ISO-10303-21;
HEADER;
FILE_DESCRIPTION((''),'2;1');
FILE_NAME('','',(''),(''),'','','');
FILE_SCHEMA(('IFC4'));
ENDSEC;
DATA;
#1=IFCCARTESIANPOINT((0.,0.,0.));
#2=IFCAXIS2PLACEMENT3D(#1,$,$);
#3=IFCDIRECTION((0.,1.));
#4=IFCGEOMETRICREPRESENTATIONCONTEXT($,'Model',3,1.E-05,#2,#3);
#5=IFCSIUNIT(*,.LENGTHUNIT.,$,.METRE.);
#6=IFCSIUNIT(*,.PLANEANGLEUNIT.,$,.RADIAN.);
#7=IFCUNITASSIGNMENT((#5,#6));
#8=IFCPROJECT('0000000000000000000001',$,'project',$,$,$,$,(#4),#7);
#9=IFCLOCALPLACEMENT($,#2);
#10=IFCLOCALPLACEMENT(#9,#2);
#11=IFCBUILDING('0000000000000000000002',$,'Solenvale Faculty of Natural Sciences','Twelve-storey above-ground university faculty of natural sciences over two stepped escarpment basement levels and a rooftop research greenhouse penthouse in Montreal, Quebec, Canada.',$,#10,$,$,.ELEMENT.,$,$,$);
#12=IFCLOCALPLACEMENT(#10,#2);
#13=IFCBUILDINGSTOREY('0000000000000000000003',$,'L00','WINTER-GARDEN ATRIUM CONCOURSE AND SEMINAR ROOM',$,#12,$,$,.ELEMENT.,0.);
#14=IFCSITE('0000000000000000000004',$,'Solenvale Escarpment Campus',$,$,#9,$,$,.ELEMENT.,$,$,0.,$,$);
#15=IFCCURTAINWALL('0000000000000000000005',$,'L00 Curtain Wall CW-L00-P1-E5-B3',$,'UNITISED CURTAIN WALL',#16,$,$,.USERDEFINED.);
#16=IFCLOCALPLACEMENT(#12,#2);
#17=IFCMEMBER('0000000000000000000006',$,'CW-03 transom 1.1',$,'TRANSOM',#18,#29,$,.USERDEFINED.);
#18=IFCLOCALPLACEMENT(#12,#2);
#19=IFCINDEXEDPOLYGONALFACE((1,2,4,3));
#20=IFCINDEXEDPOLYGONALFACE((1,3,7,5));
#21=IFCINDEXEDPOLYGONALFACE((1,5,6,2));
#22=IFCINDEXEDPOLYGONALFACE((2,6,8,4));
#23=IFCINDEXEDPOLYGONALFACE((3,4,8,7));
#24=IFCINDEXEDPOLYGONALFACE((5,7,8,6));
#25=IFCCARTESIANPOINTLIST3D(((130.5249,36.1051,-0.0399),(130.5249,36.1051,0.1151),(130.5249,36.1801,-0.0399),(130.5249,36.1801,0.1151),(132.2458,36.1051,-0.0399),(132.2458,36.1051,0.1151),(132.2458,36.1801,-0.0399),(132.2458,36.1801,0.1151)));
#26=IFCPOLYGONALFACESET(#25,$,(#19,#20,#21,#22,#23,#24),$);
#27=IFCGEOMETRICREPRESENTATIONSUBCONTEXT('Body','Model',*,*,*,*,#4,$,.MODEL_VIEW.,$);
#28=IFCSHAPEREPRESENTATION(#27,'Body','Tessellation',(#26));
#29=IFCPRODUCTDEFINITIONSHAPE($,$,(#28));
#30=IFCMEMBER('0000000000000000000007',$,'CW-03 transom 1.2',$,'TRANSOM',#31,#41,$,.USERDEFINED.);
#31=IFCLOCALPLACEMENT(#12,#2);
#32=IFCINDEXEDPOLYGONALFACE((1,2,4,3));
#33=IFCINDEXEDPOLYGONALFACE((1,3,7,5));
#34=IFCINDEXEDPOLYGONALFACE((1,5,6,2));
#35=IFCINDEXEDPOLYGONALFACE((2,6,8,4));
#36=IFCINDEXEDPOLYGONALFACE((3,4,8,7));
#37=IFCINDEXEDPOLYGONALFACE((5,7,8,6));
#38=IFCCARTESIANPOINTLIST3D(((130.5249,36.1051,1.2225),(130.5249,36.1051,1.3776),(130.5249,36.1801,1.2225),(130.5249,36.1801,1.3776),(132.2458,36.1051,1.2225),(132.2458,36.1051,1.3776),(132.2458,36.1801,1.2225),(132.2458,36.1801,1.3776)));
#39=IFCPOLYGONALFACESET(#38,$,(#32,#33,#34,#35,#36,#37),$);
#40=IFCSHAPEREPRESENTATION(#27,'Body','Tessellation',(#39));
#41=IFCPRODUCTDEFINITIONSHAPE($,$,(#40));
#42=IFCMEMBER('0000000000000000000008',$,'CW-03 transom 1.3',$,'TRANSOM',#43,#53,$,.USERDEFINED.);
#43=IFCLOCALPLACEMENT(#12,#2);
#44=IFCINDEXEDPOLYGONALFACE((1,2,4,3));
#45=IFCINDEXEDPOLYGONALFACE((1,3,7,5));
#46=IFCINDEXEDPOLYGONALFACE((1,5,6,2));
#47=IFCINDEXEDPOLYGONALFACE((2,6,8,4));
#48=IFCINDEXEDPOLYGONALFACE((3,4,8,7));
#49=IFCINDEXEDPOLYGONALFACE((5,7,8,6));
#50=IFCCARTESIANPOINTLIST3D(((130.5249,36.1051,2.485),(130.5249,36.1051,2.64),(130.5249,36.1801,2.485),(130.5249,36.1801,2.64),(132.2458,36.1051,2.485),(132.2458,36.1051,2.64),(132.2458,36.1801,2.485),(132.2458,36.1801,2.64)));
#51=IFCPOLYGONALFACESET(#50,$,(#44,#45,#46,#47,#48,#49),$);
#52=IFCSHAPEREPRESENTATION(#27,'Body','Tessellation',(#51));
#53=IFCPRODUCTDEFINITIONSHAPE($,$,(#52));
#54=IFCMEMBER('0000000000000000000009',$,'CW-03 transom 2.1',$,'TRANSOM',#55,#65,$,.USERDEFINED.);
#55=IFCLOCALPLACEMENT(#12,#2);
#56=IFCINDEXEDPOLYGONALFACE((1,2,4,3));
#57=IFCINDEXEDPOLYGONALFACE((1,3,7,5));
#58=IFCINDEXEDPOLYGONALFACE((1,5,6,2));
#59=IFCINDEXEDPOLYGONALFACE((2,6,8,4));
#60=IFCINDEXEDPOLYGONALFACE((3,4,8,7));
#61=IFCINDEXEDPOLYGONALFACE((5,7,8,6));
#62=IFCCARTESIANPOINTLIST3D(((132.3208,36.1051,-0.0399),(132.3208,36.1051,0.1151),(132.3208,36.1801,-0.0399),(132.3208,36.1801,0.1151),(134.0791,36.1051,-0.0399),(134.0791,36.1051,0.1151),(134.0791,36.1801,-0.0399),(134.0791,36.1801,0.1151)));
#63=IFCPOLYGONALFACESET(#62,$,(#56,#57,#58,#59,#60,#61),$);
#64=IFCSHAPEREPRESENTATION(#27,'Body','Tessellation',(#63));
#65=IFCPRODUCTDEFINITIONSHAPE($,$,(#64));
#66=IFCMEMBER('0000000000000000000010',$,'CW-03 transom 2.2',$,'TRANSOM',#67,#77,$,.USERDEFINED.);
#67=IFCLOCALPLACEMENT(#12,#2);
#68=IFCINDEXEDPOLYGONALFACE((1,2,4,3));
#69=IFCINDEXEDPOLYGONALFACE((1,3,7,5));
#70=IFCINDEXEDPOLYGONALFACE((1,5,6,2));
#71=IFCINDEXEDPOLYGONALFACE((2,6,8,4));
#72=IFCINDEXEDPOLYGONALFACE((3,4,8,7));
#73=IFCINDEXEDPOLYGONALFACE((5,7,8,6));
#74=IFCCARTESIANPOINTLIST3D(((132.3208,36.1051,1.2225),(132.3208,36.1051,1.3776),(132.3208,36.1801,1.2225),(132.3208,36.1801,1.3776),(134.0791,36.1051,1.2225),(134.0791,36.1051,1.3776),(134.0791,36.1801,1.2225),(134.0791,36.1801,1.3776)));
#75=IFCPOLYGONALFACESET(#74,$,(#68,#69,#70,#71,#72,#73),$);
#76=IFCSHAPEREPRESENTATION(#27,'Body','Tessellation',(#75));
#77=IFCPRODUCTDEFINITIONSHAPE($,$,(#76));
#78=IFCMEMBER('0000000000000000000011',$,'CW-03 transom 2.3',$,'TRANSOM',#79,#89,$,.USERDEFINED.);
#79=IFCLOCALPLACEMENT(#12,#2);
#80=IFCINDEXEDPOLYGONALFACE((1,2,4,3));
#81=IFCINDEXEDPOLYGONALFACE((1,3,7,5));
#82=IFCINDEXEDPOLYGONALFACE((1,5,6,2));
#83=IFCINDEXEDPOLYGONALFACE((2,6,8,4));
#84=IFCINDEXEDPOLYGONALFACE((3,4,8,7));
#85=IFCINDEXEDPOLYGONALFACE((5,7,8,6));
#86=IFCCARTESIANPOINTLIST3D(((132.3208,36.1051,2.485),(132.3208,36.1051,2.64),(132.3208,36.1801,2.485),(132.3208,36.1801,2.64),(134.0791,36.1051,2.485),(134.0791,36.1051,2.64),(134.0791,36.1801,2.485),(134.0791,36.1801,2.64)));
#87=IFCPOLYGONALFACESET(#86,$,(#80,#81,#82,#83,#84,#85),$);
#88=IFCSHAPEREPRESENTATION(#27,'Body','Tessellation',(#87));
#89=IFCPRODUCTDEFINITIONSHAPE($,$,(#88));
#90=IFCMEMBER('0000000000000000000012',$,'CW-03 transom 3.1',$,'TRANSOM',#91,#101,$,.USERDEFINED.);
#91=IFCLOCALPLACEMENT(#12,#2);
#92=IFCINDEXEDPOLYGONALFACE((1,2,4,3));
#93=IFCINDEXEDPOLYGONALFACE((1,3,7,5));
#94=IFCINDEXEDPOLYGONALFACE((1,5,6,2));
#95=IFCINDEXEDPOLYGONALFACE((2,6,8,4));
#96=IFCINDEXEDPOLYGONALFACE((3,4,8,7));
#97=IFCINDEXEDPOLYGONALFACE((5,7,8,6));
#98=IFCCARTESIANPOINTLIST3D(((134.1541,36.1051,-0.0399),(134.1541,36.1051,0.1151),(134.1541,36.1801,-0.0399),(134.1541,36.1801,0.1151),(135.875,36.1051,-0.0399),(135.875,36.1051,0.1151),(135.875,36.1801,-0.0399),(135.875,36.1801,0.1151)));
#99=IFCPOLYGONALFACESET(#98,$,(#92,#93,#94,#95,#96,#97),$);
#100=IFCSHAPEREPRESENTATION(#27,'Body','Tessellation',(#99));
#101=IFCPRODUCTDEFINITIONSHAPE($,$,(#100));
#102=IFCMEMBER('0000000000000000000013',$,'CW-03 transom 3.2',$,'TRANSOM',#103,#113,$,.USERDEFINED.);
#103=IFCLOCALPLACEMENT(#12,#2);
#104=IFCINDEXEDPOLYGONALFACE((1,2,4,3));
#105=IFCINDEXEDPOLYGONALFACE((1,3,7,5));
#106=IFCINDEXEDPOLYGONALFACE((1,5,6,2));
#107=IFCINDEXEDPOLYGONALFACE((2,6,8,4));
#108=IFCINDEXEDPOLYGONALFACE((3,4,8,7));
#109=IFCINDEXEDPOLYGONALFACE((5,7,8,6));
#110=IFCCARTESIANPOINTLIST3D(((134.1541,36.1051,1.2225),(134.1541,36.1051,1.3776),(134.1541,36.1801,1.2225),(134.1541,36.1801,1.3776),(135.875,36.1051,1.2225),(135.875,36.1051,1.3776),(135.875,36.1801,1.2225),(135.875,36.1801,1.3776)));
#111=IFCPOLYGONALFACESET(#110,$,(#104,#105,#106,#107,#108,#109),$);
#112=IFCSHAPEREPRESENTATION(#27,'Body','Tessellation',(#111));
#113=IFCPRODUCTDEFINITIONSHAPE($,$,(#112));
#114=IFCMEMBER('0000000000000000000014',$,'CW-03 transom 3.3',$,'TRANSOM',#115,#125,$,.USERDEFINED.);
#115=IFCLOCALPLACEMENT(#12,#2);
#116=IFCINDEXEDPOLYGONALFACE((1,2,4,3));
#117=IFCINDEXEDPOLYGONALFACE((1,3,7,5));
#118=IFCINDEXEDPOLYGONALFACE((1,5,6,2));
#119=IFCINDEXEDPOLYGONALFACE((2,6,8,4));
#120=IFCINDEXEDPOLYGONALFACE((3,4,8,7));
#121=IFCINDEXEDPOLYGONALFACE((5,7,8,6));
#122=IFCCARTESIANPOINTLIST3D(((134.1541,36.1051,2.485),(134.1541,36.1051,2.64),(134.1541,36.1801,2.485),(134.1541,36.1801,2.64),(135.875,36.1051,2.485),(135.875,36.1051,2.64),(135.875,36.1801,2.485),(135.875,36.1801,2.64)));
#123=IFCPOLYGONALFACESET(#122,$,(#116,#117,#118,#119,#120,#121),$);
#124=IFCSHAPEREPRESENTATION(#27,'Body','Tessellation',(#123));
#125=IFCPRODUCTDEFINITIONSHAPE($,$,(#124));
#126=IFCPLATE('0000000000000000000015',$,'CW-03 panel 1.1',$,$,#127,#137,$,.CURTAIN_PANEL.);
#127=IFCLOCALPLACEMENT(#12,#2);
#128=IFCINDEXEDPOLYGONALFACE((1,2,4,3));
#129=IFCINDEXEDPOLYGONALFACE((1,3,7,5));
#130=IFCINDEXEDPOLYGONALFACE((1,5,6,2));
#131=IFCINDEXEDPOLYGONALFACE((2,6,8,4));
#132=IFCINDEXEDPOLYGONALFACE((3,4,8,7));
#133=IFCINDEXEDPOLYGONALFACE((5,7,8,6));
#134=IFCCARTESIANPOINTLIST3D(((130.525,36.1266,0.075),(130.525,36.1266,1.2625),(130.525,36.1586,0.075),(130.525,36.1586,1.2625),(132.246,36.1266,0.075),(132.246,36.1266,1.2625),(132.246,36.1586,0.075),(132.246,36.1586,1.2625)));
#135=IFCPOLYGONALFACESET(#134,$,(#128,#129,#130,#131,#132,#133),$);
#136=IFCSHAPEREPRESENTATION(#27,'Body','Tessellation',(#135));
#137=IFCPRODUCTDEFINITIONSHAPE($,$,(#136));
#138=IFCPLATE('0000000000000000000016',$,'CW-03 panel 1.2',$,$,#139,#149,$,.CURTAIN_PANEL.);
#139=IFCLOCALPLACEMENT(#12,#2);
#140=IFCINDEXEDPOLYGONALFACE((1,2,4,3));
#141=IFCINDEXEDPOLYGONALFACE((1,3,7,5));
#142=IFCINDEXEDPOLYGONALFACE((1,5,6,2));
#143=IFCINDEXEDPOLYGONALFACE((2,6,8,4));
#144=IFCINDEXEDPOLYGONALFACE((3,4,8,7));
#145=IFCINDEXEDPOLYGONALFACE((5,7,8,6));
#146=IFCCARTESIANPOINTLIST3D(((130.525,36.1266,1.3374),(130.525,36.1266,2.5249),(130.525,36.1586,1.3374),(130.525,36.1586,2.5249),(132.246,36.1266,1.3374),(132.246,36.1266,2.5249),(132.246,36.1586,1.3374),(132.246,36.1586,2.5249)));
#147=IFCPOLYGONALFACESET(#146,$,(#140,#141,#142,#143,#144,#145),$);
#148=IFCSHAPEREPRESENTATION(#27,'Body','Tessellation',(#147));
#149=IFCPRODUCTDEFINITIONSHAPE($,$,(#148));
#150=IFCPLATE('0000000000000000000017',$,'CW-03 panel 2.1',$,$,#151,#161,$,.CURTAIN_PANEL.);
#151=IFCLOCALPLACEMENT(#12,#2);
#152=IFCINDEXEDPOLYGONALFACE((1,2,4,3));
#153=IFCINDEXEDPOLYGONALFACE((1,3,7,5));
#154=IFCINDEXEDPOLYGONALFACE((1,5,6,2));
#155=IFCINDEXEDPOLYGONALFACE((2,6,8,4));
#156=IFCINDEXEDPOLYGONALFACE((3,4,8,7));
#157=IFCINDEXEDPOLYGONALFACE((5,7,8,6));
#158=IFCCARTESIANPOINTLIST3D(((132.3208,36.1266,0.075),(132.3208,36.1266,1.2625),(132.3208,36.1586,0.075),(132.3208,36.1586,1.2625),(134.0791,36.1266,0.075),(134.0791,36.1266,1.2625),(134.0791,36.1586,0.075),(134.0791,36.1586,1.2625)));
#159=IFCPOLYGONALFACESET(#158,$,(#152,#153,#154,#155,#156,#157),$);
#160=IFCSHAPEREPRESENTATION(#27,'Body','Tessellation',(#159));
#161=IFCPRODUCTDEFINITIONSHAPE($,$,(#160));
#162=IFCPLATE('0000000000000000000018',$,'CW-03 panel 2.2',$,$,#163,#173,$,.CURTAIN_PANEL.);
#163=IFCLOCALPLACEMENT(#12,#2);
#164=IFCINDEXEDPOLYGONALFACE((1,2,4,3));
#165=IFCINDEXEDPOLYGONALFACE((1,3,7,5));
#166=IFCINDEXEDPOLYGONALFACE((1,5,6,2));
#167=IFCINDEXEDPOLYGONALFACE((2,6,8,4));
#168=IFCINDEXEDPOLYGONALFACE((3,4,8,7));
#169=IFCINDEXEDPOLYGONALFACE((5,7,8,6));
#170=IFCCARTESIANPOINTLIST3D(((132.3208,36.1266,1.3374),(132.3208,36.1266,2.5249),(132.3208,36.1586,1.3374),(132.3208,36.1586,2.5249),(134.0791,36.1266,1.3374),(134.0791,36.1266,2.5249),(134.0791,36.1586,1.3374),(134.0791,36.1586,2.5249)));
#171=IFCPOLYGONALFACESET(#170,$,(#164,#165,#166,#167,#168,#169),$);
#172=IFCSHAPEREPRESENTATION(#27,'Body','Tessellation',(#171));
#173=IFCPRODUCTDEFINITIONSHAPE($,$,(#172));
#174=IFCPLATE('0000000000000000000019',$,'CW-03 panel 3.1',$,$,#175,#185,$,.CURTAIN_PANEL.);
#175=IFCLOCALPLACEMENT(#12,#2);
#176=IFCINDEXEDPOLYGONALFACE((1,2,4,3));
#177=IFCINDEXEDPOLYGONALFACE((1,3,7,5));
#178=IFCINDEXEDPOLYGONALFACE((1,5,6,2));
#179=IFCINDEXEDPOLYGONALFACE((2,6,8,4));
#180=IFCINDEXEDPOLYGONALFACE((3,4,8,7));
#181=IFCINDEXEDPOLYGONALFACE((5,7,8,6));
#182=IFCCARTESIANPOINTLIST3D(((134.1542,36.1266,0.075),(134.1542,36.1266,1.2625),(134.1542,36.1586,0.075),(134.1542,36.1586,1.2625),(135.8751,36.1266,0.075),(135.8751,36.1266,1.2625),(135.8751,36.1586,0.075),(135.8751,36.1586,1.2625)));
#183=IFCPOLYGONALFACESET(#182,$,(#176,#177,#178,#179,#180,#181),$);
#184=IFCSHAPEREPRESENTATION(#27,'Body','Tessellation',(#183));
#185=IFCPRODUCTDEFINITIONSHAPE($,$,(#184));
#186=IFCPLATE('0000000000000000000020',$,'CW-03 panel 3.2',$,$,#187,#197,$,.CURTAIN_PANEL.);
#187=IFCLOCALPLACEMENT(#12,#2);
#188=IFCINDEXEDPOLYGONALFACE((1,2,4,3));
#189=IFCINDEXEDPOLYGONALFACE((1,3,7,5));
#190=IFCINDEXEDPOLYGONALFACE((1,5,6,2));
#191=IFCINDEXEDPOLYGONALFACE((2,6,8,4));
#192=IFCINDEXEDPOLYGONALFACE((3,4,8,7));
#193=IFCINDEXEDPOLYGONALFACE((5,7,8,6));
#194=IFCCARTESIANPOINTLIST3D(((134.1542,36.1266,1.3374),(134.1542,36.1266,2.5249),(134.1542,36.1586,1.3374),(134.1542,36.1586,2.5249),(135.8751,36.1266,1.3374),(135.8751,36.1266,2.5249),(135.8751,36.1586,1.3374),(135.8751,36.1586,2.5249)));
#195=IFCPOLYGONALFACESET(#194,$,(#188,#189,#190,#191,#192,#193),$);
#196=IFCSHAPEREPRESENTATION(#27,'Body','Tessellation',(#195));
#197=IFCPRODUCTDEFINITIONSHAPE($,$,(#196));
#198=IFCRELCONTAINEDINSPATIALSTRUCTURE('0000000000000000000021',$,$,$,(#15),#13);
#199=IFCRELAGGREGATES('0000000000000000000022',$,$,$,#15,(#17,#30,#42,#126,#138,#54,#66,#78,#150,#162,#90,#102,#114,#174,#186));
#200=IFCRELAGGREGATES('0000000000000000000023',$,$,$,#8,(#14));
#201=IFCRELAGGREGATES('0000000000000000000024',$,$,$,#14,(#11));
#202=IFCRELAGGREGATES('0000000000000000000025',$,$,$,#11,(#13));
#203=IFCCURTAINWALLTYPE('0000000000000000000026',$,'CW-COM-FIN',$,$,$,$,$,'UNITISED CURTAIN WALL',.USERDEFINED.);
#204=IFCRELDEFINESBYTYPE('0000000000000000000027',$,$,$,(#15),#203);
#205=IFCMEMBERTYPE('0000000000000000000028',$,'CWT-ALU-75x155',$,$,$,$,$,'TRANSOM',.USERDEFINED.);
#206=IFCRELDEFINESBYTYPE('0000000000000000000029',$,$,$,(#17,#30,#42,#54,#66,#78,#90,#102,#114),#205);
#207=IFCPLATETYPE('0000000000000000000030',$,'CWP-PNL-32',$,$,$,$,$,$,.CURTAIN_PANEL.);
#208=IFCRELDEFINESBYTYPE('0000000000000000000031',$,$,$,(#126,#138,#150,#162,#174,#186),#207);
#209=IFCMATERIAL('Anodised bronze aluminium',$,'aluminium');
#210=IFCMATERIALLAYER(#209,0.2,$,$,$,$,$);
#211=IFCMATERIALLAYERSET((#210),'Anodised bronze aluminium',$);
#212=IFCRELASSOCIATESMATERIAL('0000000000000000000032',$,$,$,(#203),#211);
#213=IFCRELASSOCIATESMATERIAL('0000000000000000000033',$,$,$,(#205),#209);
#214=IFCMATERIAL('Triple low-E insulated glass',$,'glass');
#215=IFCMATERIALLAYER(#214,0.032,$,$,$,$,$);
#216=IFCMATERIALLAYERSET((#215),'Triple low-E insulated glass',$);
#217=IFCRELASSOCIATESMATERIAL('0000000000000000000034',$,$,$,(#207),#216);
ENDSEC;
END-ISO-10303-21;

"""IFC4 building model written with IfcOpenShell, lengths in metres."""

from ifc_helpers import new_model, si_unit, direction, frame, origin, origin_2d, place, context, subcontext, project, spatial, rectangle, extrude, material, layer, layer_set, material_profile, profile_set, type_object, element, aggregate, save


model = new_model("IFC4")

# Units and contexts
model_context = context("Model", 3, precision=1e-05, world=origin(), true_north=direction((0.0, 1.0)))
body_context = subcontext(model_context, "Body", "Model", "MODEL_VIEW")
ifc_project = project(units=[si_unit("LENGTHUNIT", "METRE"), si_unit("PLANEANGLEUNIT", "RADIAN")], contexts=[model_context])

# Site, building, storey
site_placement = place(None, origin())
site = spatial("IfcSite", under=ifc_project, at=site_placement, Name="Solenvale Escarpment Campus", CompositionType="ELEMENT", RefElevation=0.0)
building_placement = place(site_placement, origin())
building = spatial("IfcBuilding", under=site, at=building_placement, Name="Solenvale Faculty of Natural Sciences", Description="Twelve-storey above-ground university faculty of natural sciences over two stepped escarpment basement levels and a rooftop research greenhouse penthouse in Montreal, Quebec, Canada.", CompositionType="ELEMENT")
storey_placement = place(building_placement, origin())
storey = spatial("IfcBuildingStorey", under=building, at=storey_placement, Name="L00", Description="WINTER-GARDEN ATRIUM CONCOURSE AND SEMINAR ROOM", CompositionType="ELEMENT", Elevation=0.0)

# Curtain wall, members, plates
ifc_material_1 = material(Name="Anodised bronze aluminium", Category="aluminium")
ifc_layer_1 = layer(ifc_material_1, 0.2)
ifc_layer_set_1 = layer_set([ifc_layer_1], Name="Anodised bronze aluminium")
curtain_wall_type = type_object("IfcCurtainWallType", Name="CW-COM-FIN", ElementType="UNITISED CURTAIN WALL", PredefinedType="USERDEFINED", material=ifc_layer_set_1)
curtain_wall_placement = place(storey_placement, origin())
curtain_wall = element("IfcCurtainWall", 1, at=curtain_wall_placement, inside=storey, type_object=curtain_wall_type, Name="L00 Curtain Wall CW-L00-P1-E5-B3", ObjectType="UNITISED CURTAIN WALL", PredefinedType="USERDEFINED")
ifc_material_profile_1 = material_profile(ifc_material_1, rectangle(XDim=0.075, YDim=0.155, at=origin_2d()), Name="ALU-TRN-75x155")
ifc_profile_set_1 = profile_set([ifc_material_profile_1], Name="Anodised bronze aluminium")
member_type_1 = type_object("IfcMemberType", Name="CWT-ALU-75x155", ElementType="TRANSOM", PredefinedType="USERDEFINED", material=ifc_profile_set_1)
member_1_placement = place(storey_placement, frame((130.5249, 36.1426, 0.0376), z_axis=(1.0, 0.0, 0.0), x_axis=(0.0, 1.0, 0.0)))
member_1 = element("IfcMember", 2, at=member_1_placement, type_object=member_type_1, Name="CW-03 transom 1.1", ObjectType="TRANSOM", PredefinedType="USERDEFINED", context=body_context, shape_type="SweptSolid", body=[
    extrude(rectangle(XDim=0.075, YDim=0.155, at=origin_2d()), origin(), (0.0, 0.0, 1.0), 1.7209),
])
member_2_placement = place(storey_placement, frame((130.5249, 36.1426, 1.3), z_axis=(1.0, 0.0, 0.0), x_axis=(0.0, 1.0, 0.0)))
member_2 = element("IfcMember", 3, at=member_2_placement, type_object=member_type_1, Name="CW-03 transom 1.2", ObjectType="TRANSOM", PredefinedType="USERDEFINED", context=body_context, shape_type="SweptSolid", body=[
    extrude(rectangle(XDim=0.075, YDim=0.155, at=origin_2d()), origin(), (0.0, 0.0, 1.0), 1.7209),
])
member_3_placement = place(storey_placement, frame((130.5249, 36.1426, 2.5625), z_axis=(1.0, 0.0, 0.0), x_axis=(0.0, 1.0, 0.0)))
member_3 = element("IfcMember", 4, at=member_3_placement, type_object=member_type_1, Name="CW-03 transom 1.3", ObjectType="TRANSOM", PredefinedType="USERDEFINED", context=body_context, shape_type="SweptSolid", body=[
    extrude(rectangle(XDim=0.075, YDim=0.155, at=origin_2d()), origin(), (0.0, 0.0, 1.0), 1.7209),
])
member_4_placement = place(storey_placement, frame((132.3208, 36.1426, 0.0376), z_axis=(1.0, 0.0, 0.0), x_axis=(0.0, 1.0, 0.0)))
member_4 = element("IfcMember", 5, at=member_4_placement, type_object=member_type_1, Name="CW-03 transom 2.1", ObjectType="TRANSOM", PredefinedType="USERDEFINED", context=body_context, shape_type="SweptSolid", body=[
    extrude(rectangle(XDim=0.075, YDim=0.155, at=origin_2d()), origin(), (0.0, 0.0, 1.0), 1.7583),
])
member_5_placement = place(storey_placement, frame((132.3208, 36.1426, 1.3), z_axis=(1.0, 0.0, 0.0), x_axis=(0.0, 1.0, 0.0)))
member_5 = element("IfcMember", 6, at=member_5_placement, type_object=member_type_1, Name="CW-03 transom 2.2", ObjectType="TRANSOM", PredefinedType="USERDEFINED", context=body_context, shape_type="SweptSolid", body=[
    extrude(rectangle(XDim=0.075, YDim=0.155, at=origin_2d()), origin(), (0.0, 0.0, 1.0), 1.7583),
])
member_6_placement = place(storey_placement, frame((132.3208, 36.1426, 2.5625), z_axis=(1.0, 0.0, 0.0), x_axis=(0.0, 1.0, 0.0)))
member_6 = element("IfcMember", 7, at=member_6_placement, type_object=member_type_1, Name="CW-03 transom 2.3", ObjectType="TRANSOM", PredefinedType="USERDEFINED", context=body_context, shape_type="SweptSolid", body=[
    extrude(rectangle(XDim=0.075, YDim=0.155, at=origin_2d()), origin(), (0.0, 0.0, 1.0), 1.7583),
])
member_7_placement = place(storey_placement, frame((134.1541, 36.1426, 0.0376), z_axis=(1.0, 0.0, 0.0), x_axis=(0.0, 1.0, 0.0)))
member_7 = element("IfcMember", 8, at=member_7_placement, type_object=member_type_1, Name="CW-03 transom 3.1", ObjectType="TRANSOM", PredefinedType="USERDEFINED", context=body_context, shape_type="SweptSolid", body=[
    extrude(rectangle(XDim=0.075, YDim=0.155, at=origin_2d()), origin(), (0.0, 0.0, 1.0), 1.7209),
])
member_8_placement = place(storey_placement, frame((134.1541, 36.1426, 1.3), z_axis=(1.0, 0.0, 0.0), x_axis=(0.0, 1.0, 0.0)))
member_8 = element("IfcMember", 9, at=member_8_placement, type_object=member_type_1, Name="CW-03 transom 3.2", ObjectType="TRANSOM", PredefinedType="USERDEFINED", context=body_context, shape_type="SweptSolid", body=[
    extrude(rectangle(XDim=0.075, YDim=0.155, at=origin_2d()), origin(), (0.0, 0.0, 1.0), 1.7209),
])
member_9_placement = place(storey_placement, frame((134.1541, 36.1426, 2.5625), z_axis=(1.0, 0.0, 0.0), x_axis=(0.0, 1.0, 0.0)))
member_9 = element("IfcMember", 10, at=member_9_placement, type_object=member_type_1, Name="CW-03 transom 3.3", ObjectType="TRANSOM", PredefinedType="USERDEFINED", context=body_context, shape_type="SweptSolid", body=[
    extrude(rectangle(XDim=0.075, YDim=0.155, at=origin_2d()), origin(), (0.0, 0.0, 1.0), 1.7209),
])
ifc_material_2 = material(Name="Triple low-E insulated glass", Category="glass")
ifc_layer_2 = layer(ifc_material_2, 0.032)
ifc_layer_set_2 = layer_set([ifc_layer_2], Name="Triple low-E insulated glass")
plate_type = type_object("IfcPlateType", Name="CWP-PNL-32", PredefinedType="CURTAIN_PANEL", material=ifc_layer_set_2)
plate_1_placement = place(storey_placement, frame((131.3855, 36.1426, 0.075), z_axis=(0.0, 0.0, 1.0), x_axis=(1.0, 0.0, 0.0)))
plate_1 = element("IfcPlate", 11, at=plate_1_placement, type_object=plate_type, Name="CW-03 panel 1.1", PredefinedType="CURTAIN_PANEL", context=body_context, shape_type="SweptSolid", body=[
    extrude(rectangle(XDim=1.7209, YDim=0.032, at=origin_2d()), origin(), (0.0, 0.0, 1.0), 1.1875),
])
plate_2_placement = place(storey_placement, frame((131.3855, 36.1426, 1.3374), z_axis=(0.0, 0.0, 1.0), x_axis=(1.0, 0.0, 0.0)))
plate_2 = element("IfcPlate", 12, at=plate_2_placement, type_object=plate_type, Name="CW-03 panel 1.2", PredefinedType="CURTAIN_PANEL", context=body_context, shape_type="SweptSolid", body=[
    extrude(rectangle(XDim=1.7209, YDim=0.032, at=origin_2d()), origin(), (0.0, 0.0, 1.0), 1.1875),
])
plate_3_placement = place(storey_placement, frame((133.2, 36.1426, 0.075), z_axis=(0.0, 0.0, 1.0), x_axis=(1.0, 0.0, 0.0)))
plate_3 = element("IfcPlate", 13, at=plate_3_placement, type_object=plate_type, Name="CW-03 panel 2.1", PredefinedType="CURTAIN_PANEL", context=body_context, shape_type="SweptSolid", body=[
    extrude(rectangle(XDim=1.7583, YDim=0.032, at=origin_2d()), origin(), (0.0, 0.0, 1.0), 1.1875),
])
plate_4_placement = place(storey_placement, frame((133.2, 36.1426, 1.3374), z_axis=(0.0, 0.0, 1.0), x_axis=(1.0, 0.0, 0.0)))
plate_4 = element("IfcPlate", 14, at=plate_4_placement, type_object=plate_type, Name="CW-03 panel 2.2", PredefinedType="CURTAIN_PANEL", context=body_context, shape_type="SweptSolid", body=[
    extrude(rectangle(XDim=1.7583, YDim=0.032, at=origin_2d()), origin(), (0.0, 0.0, 1.0), 1.1875),
])
plate_5_placement = place(storey_placement, frame((135.0146, 36.1426, 0.075), z_axis=(0.0, 0.0, 1.0), x_axis=(1.0, 0.0, 0.0)))
plate_5 = element("IfcPlate", 15, at=plate_5_placement, type_object=plate_type, Name="CW-03 panel 3.1", PredefinedType="CURTAIN_PANEL", context=body_context, shape_type="SweptSolid", body=[
    extrude(rectangle(XDim=1.7209, YDim=0.032, at=origin_2d()), origin(), (0.0, 0.0, 1.0), 1.1875),
])
plate_6_placement = place(storey_placement, frame((135.0146, 36.1426, 1.3374), z_axis=(0.0, 0.0, 1.0), x_axis=(1.0, 0.0, 0.0)))
plate_6 = element("IfcPlate", 16, at=plate_6_placement, type_object=plate_type, Name="CW-03 panel 3.2", PredefinedType="CURTAIN_PANEL", context=body_context, shape_type="SweptSolid", body=[
    extrude(rectangle(XDim=1.7209, YDim=0.032, at=origin_2d()), origin(), (0.0, 0.0, 1.0), 1.1875),
])
aggregate(curtain_wall, [member_1, member_2, member_3, plate_1, plate_2, member_4, member_5, member_6, plate_3, plate_4, member_7, member_8, member_9, plate_5, plate_6])

save(model, "model.ifc")
